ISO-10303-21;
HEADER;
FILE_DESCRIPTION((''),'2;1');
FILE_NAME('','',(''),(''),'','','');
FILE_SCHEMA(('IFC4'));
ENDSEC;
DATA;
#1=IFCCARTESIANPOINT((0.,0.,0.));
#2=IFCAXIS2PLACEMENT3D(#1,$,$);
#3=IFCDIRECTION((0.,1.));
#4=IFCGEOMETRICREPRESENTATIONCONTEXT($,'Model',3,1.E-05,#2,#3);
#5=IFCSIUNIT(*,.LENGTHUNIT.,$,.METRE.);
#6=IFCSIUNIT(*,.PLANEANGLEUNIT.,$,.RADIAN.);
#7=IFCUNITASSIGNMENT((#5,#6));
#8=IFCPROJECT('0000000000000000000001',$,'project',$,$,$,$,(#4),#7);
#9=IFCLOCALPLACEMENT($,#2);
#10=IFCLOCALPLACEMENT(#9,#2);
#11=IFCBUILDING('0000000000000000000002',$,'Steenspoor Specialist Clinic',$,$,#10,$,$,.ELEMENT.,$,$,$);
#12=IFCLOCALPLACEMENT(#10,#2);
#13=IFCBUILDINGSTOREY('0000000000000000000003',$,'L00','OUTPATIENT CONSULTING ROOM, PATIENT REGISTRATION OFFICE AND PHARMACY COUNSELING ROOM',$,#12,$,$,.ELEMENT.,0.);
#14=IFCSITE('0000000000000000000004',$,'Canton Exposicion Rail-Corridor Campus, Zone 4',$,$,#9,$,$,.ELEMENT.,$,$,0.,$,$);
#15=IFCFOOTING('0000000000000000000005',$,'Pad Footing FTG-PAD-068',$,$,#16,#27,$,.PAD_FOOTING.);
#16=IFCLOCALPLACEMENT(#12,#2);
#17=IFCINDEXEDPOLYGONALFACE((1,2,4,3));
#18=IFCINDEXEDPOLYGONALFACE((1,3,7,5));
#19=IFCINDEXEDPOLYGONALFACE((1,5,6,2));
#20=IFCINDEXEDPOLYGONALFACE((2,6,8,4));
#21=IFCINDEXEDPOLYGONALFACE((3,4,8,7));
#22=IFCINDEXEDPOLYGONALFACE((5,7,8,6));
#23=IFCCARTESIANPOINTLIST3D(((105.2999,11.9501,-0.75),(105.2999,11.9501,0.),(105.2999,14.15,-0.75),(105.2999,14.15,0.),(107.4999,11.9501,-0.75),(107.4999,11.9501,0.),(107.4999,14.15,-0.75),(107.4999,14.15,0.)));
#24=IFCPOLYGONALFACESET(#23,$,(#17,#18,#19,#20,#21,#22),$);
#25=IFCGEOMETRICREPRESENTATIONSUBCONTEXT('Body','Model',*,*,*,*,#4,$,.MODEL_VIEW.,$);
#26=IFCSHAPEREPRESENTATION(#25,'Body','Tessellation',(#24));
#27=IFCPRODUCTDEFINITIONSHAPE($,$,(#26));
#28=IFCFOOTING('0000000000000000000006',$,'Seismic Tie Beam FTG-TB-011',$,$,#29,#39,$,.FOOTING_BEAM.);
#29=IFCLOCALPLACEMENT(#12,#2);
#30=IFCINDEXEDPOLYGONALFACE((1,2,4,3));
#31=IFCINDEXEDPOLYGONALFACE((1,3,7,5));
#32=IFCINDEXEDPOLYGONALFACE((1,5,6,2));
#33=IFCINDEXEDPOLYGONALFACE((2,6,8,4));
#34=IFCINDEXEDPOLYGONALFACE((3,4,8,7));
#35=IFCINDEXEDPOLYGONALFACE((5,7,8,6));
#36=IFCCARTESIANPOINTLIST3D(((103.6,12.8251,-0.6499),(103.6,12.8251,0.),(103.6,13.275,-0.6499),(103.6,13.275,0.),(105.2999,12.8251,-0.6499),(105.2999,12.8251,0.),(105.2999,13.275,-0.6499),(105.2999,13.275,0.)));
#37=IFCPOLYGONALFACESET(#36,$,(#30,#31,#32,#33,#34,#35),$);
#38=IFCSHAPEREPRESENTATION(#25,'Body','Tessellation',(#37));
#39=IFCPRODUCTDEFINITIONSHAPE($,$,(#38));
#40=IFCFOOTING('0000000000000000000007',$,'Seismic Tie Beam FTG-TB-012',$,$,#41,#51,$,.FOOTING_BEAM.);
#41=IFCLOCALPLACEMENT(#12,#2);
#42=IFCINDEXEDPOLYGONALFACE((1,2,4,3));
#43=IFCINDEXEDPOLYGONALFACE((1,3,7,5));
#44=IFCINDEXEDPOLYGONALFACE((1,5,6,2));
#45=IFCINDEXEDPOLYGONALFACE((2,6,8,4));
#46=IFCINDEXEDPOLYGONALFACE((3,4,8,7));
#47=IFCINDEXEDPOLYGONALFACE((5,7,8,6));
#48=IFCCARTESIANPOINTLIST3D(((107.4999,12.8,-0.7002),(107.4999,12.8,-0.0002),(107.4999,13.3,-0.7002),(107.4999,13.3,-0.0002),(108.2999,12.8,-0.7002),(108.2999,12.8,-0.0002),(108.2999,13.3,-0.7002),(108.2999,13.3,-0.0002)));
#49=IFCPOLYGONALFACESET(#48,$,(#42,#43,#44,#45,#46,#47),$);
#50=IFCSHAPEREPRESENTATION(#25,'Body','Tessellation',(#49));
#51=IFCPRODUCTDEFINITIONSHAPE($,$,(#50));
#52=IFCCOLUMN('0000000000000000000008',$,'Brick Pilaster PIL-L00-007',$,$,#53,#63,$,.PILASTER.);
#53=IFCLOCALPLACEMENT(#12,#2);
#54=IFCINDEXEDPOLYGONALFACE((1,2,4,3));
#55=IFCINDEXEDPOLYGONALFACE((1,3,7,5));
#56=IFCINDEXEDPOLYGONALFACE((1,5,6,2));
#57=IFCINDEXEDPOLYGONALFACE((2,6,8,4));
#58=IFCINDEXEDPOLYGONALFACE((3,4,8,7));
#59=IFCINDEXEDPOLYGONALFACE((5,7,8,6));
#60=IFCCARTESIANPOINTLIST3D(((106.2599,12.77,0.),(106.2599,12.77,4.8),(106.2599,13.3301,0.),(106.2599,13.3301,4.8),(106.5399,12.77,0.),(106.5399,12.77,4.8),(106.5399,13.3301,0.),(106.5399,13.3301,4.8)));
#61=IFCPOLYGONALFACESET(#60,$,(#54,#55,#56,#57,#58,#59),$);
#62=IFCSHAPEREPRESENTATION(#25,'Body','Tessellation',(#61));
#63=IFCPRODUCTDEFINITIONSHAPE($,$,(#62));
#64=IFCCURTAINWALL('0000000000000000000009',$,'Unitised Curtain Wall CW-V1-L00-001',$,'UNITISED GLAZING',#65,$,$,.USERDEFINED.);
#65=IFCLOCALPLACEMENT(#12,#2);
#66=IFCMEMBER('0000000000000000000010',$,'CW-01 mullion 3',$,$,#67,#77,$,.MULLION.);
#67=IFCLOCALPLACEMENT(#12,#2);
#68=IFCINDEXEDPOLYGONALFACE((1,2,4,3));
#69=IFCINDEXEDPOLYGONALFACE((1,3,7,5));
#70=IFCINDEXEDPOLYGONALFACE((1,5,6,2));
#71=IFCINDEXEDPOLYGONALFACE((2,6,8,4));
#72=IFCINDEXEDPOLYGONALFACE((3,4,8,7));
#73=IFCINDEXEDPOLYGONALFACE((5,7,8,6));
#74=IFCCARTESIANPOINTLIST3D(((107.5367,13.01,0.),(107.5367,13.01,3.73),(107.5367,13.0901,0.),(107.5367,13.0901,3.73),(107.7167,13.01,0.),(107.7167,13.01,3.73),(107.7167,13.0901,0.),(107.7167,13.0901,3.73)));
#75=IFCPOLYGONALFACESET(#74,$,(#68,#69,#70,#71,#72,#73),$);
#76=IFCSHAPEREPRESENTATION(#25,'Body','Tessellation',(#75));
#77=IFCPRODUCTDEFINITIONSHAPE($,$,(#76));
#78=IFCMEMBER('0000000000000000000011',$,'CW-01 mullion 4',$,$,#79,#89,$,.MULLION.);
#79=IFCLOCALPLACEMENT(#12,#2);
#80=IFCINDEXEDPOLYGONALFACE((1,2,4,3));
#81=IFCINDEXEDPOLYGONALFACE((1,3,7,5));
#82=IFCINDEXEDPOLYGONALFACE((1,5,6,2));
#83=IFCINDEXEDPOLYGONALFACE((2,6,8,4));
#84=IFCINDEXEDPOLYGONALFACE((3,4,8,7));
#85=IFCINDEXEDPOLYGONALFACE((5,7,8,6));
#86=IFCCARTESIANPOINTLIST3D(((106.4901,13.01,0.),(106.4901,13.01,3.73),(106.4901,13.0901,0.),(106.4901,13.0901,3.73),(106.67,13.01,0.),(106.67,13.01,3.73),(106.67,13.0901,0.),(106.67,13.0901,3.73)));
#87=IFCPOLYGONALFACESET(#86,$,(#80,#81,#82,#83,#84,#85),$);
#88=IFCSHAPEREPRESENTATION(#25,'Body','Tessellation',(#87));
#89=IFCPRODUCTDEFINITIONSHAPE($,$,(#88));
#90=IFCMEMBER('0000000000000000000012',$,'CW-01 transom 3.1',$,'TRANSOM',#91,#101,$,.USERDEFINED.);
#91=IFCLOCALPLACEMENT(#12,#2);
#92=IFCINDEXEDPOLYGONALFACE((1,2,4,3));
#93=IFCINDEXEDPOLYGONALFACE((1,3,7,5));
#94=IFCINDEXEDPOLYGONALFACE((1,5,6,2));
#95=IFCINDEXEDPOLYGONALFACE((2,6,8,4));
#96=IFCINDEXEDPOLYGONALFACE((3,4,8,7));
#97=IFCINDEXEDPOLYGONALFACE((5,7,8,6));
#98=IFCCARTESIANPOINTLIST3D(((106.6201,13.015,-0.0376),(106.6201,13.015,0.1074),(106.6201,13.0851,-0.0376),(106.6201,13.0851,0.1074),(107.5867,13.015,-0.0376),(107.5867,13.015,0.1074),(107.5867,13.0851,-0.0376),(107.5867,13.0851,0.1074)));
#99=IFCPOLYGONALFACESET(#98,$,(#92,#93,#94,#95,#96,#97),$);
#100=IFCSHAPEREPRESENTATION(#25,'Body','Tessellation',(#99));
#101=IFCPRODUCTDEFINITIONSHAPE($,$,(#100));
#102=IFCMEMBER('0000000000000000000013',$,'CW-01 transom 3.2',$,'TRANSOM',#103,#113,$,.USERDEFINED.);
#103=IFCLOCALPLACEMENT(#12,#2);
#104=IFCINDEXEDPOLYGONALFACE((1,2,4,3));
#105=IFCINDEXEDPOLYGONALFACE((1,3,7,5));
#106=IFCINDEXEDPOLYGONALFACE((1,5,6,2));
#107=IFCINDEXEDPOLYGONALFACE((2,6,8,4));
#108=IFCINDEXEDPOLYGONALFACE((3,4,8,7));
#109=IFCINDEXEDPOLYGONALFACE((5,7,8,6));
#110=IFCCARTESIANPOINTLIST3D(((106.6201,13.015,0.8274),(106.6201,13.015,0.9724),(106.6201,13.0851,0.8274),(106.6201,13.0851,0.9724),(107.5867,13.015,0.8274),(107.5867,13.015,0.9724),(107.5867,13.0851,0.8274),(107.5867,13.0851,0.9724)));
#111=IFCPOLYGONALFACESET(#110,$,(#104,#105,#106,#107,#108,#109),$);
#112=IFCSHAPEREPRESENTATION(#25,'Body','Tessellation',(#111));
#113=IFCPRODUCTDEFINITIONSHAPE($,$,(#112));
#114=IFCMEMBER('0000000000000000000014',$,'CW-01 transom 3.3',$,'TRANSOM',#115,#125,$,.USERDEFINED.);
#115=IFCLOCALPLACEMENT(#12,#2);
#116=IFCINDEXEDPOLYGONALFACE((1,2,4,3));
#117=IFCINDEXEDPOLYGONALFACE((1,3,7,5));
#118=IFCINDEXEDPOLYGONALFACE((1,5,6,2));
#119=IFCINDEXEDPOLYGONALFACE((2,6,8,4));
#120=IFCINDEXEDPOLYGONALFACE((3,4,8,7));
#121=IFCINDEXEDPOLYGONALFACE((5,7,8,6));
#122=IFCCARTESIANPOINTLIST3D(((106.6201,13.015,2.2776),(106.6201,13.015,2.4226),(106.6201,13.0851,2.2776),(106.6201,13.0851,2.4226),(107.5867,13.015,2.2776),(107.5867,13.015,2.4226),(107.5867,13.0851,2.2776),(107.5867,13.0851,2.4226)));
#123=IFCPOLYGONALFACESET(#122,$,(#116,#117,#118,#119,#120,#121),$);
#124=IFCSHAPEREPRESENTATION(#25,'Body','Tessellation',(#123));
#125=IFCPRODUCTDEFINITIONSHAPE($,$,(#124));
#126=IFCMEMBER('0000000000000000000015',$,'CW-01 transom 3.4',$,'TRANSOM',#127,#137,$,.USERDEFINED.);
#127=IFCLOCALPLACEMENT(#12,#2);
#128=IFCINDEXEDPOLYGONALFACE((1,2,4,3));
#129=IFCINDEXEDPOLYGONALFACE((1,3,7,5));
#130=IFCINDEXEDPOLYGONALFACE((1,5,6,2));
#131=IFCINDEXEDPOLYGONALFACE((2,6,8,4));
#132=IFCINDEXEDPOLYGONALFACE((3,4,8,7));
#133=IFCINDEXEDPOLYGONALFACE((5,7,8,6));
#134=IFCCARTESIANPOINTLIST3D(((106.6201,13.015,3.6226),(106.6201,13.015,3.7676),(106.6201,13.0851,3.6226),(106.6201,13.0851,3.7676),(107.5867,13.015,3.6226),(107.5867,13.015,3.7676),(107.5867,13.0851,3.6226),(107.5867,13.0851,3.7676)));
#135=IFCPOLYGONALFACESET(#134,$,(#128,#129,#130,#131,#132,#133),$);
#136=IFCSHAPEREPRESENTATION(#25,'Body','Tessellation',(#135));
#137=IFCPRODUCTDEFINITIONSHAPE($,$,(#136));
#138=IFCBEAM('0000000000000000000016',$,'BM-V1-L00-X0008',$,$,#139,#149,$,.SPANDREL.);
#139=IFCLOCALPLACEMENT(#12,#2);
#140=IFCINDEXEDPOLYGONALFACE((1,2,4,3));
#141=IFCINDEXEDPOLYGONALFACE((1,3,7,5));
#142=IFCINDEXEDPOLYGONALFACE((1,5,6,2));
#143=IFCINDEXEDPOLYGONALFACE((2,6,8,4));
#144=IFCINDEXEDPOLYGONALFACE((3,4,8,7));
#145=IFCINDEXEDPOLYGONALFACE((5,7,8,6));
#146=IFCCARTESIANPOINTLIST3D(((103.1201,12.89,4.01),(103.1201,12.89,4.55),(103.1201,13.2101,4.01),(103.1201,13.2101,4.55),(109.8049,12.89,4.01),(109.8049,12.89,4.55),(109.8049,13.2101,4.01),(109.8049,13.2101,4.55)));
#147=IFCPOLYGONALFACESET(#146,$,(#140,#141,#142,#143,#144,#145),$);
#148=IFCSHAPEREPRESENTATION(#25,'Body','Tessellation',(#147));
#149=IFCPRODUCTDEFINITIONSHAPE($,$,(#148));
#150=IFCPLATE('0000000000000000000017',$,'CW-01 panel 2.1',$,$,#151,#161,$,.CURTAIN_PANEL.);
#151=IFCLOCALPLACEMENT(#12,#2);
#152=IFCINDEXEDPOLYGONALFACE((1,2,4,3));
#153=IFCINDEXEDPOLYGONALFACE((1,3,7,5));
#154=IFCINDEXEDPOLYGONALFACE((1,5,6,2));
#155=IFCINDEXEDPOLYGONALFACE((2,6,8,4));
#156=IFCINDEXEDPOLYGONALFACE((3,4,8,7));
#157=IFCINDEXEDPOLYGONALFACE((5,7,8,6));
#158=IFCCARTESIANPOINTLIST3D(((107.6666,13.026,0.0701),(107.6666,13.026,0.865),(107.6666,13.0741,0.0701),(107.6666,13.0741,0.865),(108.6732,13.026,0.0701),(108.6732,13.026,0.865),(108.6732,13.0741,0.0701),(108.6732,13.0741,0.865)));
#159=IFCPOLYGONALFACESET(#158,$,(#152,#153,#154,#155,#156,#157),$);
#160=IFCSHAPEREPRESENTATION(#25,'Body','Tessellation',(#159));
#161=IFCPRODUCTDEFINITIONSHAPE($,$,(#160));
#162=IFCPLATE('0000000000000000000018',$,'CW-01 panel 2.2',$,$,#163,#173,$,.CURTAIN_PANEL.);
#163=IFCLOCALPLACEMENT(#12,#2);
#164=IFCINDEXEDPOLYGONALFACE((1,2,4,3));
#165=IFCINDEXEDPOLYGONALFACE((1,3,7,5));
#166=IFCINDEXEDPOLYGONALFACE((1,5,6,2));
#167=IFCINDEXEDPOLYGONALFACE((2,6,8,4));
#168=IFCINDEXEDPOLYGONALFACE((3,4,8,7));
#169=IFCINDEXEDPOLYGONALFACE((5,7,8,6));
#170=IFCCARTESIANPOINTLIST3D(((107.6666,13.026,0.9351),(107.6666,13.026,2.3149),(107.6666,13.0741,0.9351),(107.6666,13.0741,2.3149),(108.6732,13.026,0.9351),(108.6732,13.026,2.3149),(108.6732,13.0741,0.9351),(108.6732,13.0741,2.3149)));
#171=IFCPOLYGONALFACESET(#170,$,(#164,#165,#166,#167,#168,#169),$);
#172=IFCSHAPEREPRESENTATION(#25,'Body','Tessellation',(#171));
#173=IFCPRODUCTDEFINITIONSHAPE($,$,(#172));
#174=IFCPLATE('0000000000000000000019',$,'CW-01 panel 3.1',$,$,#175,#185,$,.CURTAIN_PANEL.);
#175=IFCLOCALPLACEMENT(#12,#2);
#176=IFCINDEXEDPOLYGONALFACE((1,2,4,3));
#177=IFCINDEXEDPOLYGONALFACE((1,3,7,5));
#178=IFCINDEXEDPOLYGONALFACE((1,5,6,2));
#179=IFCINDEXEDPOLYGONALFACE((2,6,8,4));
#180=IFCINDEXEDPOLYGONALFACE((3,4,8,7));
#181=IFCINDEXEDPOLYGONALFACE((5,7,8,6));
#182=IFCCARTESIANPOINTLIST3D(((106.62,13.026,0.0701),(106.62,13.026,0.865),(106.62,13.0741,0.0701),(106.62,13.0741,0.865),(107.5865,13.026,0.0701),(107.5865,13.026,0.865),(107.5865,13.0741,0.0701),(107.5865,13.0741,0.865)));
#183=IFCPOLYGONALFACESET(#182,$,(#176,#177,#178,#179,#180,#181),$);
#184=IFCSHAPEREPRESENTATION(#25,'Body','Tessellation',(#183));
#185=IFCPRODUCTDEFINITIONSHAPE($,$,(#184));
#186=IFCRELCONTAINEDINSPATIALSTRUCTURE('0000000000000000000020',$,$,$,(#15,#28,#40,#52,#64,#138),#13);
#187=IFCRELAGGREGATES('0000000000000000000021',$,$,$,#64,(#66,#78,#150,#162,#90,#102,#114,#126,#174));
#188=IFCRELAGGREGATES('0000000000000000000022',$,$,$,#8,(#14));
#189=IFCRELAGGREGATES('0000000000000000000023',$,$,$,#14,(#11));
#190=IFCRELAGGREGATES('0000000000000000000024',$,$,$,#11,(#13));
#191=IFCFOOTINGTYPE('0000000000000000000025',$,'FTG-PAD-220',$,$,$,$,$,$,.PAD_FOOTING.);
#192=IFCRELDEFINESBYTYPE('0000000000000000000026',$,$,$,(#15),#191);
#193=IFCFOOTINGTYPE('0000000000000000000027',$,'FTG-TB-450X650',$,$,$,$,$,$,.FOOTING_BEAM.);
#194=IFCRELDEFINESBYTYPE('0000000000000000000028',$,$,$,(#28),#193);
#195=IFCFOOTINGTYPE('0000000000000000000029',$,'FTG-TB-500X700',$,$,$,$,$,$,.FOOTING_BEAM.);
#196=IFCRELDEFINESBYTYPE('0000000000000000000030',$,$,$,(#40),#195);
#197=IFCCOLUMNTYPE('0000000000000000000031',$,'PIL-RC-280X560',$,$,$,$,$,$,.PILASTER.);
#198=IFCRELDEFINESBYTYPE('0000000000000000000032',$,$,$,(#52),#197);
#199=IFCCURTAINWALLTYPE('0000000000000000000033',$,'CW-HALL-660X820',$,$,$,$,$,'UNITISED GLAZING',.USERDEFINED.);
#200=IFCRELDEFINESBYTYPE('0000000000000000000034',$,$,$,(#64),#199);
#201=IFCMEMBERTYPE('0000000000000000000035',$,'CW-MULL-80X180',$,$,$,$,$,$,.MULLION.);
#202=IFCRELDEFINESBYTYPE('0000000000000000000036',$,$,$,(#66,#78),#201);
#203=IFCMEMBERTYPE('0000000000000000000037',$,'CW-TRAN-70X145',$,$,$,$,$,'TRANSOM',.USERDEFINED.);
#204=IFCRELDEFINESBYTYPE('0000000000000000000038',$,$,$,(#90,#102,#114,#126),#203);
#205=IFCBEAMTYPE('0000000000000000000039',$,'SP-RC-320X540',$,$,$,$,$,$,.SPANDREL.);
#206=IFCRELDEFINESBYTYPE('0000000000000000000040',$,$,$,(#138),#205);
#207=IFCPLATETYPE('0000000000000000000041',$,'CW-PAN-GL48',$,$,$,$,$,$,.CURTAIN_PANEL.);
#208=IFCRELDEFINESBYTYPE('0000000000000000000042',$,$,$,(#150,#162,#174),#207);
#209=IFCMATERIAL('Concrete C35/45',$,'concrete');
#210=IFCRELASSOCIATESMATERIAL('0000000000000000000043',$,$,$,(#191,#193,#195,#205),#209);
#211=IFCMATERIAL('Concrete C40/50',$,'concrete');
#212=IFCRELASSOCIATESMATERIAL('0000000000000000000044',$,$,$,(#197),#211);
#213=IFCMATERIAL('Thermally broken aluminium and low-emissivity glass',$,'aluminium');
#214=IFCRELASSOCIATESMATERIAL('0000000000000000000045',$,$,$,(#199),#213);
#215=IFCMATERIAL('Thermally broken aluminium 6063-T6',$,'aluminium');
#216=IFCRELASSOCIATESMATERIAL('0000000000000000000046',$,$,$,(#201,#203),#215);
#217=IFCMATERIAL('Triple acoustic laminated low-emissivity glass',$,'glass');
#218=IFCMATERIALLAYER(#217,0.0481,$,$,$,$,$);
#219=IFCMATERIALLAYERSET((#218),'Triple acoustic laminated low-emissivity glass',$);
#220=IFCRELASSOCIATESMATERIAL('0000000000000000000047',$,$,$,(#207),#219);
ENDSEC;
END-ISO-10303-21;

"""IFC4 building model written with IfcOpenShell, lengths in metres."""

from ifc_helpers import new_model, si_unit, direction, frame, origin, origin_2d, place, context, subcontext, project, spatial, rectangle, extrude, material, layer, layer_set, material_profile, profile_set, type_object, element, aggregate, save


model = new_model("IFC4")

# Units and contexts
model_context = context("Model", 3, precision=1e-05, world=origin(), true_north=direction((0.0, 1.0)))
body_context = subcontext(model_context, "Body", "Model", "MODEL_VIEW")
ifc_project = project(units=[si_unit("LENGTHUNIT", "METRE"), si_unit("PLANEANGLEUNIT", "RADIAN")], contexts=[model_context])

# Site, building, storey
site_placement = place(None, origin())
site = spatial("IfcSite", under=ifc_project, at=site_placement, Name="Canton Exposicion Rail-Corridor Campus, Zone 4", CompositionType="ELEMENT", RefElevation=0.0)
building_placement = place(site_placement, origin())
building = spatial("IfcBuilding", under=site, at=building_placement, Name="Steenspoor Specialist Clinic", CompositionType="ELEMENT")
storey_placement = place(building_placement, origin())
storey = spatial("IfcBuildingStorey", under=building, at=storey_placement, Name="L00", Description="OUTPATIENT CONSULTING ROOM, PATIENT REGISTRATION OFFICE AND PHARMACY COUNSELING ROOM", CompositionType="ELEMENT", Elevation=0.0)

# Footings
ifc_material_1 = material(Name="Concrete C35/45", Category="concrete")
footing_type_1 = type_object("IfcFootingType", Name="FTG-PAD-220", PredefinedType="PAD_FOOTING", material=ifc_material_1)
footing_1_placement = place(storey_placement, frame((106.3999, 13.05, -0.75), z_axis=(0.0, 0.0, 1.0), x_axis=(1.0, 0.0, 0.0)))
element("IfcFooting", 1, at=footing_1_placement, inside=storey, type_object=footing_type_1, Name="Pad Footing FTG-PAD-068", PredefinedType="PAD_FOOTING", context=body_context, shape_type="SweptSolid", body=[
    extrude(rectangle(XDim=2.2, YDim=2.2, at=origin_2d()), origin(), (0.0, 0.0, 1.0), 0.75),
])
footing_type_2 = type_object("IfcFootingType", Name="FTG-TB-450X650", PredefinedType="FOOTING_BEAM", material=ifc_material_1)
footing_2_placement = place(storey_placement, frame((104.45, 13.05, -0.6499), z_axis=(0.0, 0.0, 1.0), x_axis=(1.0, 0.0, 0.0)))
element("IfcFooting", 2, at=footing_2_placement, inside=storey, type_object=footing_type_2, Name="Seismic Tie Beam FTG-TB-011", PredefinedType="FOOTING_BEAM", context=body_context, shape_type="SweptSolid", body=[
    extrude(rectangle(XDim=1.7, YDim=0.45, at=origin_2d()), origin(), (0.0, 0.0, 1.0), 0.6499),
])
footing_type_3 = type_object("IfcFootingType", Name="FTG-TB-500X700", PredefinedType="FOOTING_BEAM", material=ifc_material_1)
footing_3_placement = place(storey_placement, frame((107.8999, 13.05, -0.7002), z_axis=(0.0, 0.0, 1.0), x_axis=(1.0, 0.0, 0.0)))
element("IfcFooting", 3, at=footing_3_placement, inside=storey, type_object=footing_type_3, Name="Seismic Tie Beam FTG-TB-012", PredefinedType="FOOTING_BEAM", context=body_context, shape_type="SweptSolid", body=[
    extrude(rectangle(XDim=0.8, YDim=0.5, at=origin_2d()), origin(), (0.0, 0.0, 1.0), 0.7),
])

# Column
ifc_material_2 = material(Name="Concrete C40/50", Category="concrete")
ifc_material_profile_1 = material_profile(ifc_material_2, rectangle(XDim=0.28, YDim=0.5601, at=origin_2d()), Name="RC-PIL-280X560")
ifc_profile_set_1 = profile_set([ifc_material_profile_1], Name="Concrete C40/50")
column_type = type_object("IfcColumnType", Name="PIL-RC-280X560", PredefinedType="PILASTER", material=ifc_profile_set_1)
column_placement = place(storey_placement, frame((106.3999, 13.05, 0.0), z_axis=(0.0, 0.0, 1.0), x_axis=(1.0, 0.0, 0.0)))
element("IfcColumn", 4, at=column_placement, inside=storey, type_object=column_type, Name="Brick Pilaster PIL-L00-007", PredefinedType="PILASTER", context=body_context, shape_type="SweptSolid", body=[
    extrude(rectangle(XDim=0.28, YDim=0.5601, at=origin_2d()), origin(), (0.0, 0.0, 1.0), 4.8),
])

# Curtain wall, members
ifc_material_3 = material(Name="Thermally broken aluminium and low-emissivity glass", Category="aluminium")
curtain_wall_type = type_object("IfcCurtainWallType", Name="CW-HALL-660X820", ElementType="UNITISED GLAZING", PredefinedType="USERDEFINED", material=ifc_material_3)
curtain_wall_placement = place(storey_placement, origin())
curtain_wall = element("IfcCurtainWall", 5, at=curtain_wall_placement, inside=storey, type_object=curtain_wall_type, Name="Unitised Curtain Wall CW-V1-L00-001", ObjectType="UNITISED GLAZING", PredefinedType="USERDEFINED")
ifc_material_4 = material(Name="Thermally broken aluminium 6063-T6", Category="aluminium")
ifc_material_profile_2 = material_profile(ifc_material_4, rectangle(XDim=0.0801, YDim=0.1799, at=origin_2d()), Name="CWM-80X180")
ifc_profile_set_2 = profile_set([ifc_material_profile_2], Name="Thermally broken aluminium 6063-T6")
member_type_1 = type_object("IfcMemberType", Name="CW-MULL-80X180", PredefinedType="MULLION", material=ifc_profile_set_2)
member_1_placement = place(storey_placement, frame((107.6267, 13.05, 0.0), z_axis=(0.0, 0.0, 1.0), x_axis=(0.0, -1.0, 0.0)))
member_1 = element("IfcMember", 6, at=member_1_placement, type_object=member_type_1, Name="CW-01 mullion 3", PredefinedType="MULLION", context=body_context, shape_type="SweptSolid", body=[
    extrude(rectangle(XDim=0.0801, YDim=0.1799, at=origin_2d()), origin(), (0.0, 0.0, 1.0), 3.73),
])
member_2_placement = place(storey_placement, frame((106.5801, 13.05, 0.0), z_axis=(0.0, 0.0, 1.0), x_axis=(0.0, -1.0, 0.0)))
member_2 = element("IfcMember", 7, at=member_2_placement, type_object=member_type_1, Name="CW-01 mullion 4", PredefinedType="MULLION", context=body_context, shape_type="SweptSolid", body=[
    extrude(rectangle(XDim=0.0801, YDim=0.1799, at=origin_2d()), origin(), (0.0, 0.0, 1.0), 3.73),
])
ifc_material_profile_3 = material_profile(ifc_material_4, rectangle(XDim=0.0701, YDim=0.145, at=origin_2d()), Name="CWT-70X145")
ifc_profile_set_3 = profile_set([ifc_material_profile_3], Name="Thermally broken aluminium 6063-T6")
member_type_2 = type_object("IfcMemberType", Name="CW-TRAN-70X145", ElementType="TRANSOM", PredefinedType="USERDEFINED", material=ifc_profile_set_3)
member_3_placement = place(storey_placement, frame((107.5867, 13.05, 0.0349), z_axis=(-1.0, 0.0, 0.0), x_axis=(0.0, -1.0, 0.0)))
member_3 = element("IfcMember", 8, at=member_3_placement, type_object=member_type_2, Name="CW-01 transom 3.1", ObjectType="TRANSOM", PredefinedType="USERDEFINED", context=body_context, shape_type="SweptSolid", body=[
    extrude(rectangle(XDim=0.0701, YDim=0.145, at=origin_2d()), origin(), (0.0, 0.0, 1.0), 0.9666),
])
member_4_placement = place(storey_placement, frame((107.5867, 13.05, 0.8999), z_axis=(-1.0, 0.0, 0.0), x_axis=(0.0, -1.0, 0.0)))
member_4 = element("IfcMember", 9, at=member_4_placement, type_object=member_type_2, Name="CW-01 transom 3.2", ObjectType="TRANSOM", PredefinedType="USERDEFINED", context=body_context, shape_type="SweptSolid", body=[
    extrude(rectangle(XDim=0.0701, YDim=0.145, at=origin_2d()), origin(), (0.0, 0.0, 1.0), 0.9666),
])
member_5_placement = place(storey_placement, frame((107.5867, 13.05, 2.3501), z_axis=(-1.0, 0.0, 0.0), x_axis=(0.0, -1.0, 0.0)))
member_5 = element("IfcMember", 10, at=member_5_placement, type_object=member_type_2, Name="CW-01 transom 3.3", ObjectType="TRANSOM", PredefinedType="USERDEFINED", context=body_context, shape_type="SweptSolid", body=[
    extrude(rectangle(XDim=0.0701, YDim=0.145, at=origin_2d()), origin(), (0.0, 0.0, 1.0), 0.9666),
])
member_6_placement = place(storey_placement, frame((107.5867, 13.05, 3.6951), z_axis=(-1.0, 0.0, 0.0), x_axis=(0.0, -1.0, 0.0)))
member_6 = element("IfcMember", 11, at=member_6_placement, type_object=member_type_2, Name="CW-01 transom 3.4", ObjectType="TRANSOM", PredefinedType="USERDEFINED", context=body_context, shape_type="SweptSolid", body=[
    extrude(rectangle(XDim=0.0701, YDim=0.145, at=origin_2d()), origin(), (0.0, 0.0, 1.0), 0.9666),
])

# Beam
ifc_material_profile_4 = material_profile(ifc_material_1, rectangle(XDim=0.3201, YDim=0.54, at=origin_2d()), Name="RC-SP-320X540")
ifc_profile_set_4 = profile_set([ifc_material_profile_4], Name="Concrete C35/45")
beam_type = type_object("IfcBeamType", Name="SP-RC-320X540", PredefinedType="SPANDREL", material=ifc_profile_set_4)
beam_placement = place(storey_placement, frame((103.1201, 13.05, 4.28), z_axis=(1.0, 0.0, 0.0), x_axis=(0.0, 1.0, 0.0)))
element("IfcBeam", 12, at=beam_placement, inside=storey, type_object=beam_type, Name="BM-V1-L00-X0008", PredefinedType="SPANDREL", context=body_context, shape_type="SweptSolid", body=[
    extrude(rectangle(XDim=0.3201, YDim=0.54, at=origin_2d()), origin(), (0.0, 0.0, 1.0), 6.6848),
])

# Plates
ifc_material_5 = material(Name="Triple acoustic laminated low-emissivity glass", Category="glass")
ifc_layer_1 = layer(ifc_material_5, 0.0481)
ifc_layer_set_1 = layer_set([ifc_layer_1], Name="Triple acoustic laminated low-emissivity glass")
plate_type = type_object("IfcPlateType", Name="CW-PAN-GL48", PredefinedType="CURTAIN_PANEL", material=ifc_layer_set_1)
plate_1_placement = place(storey_placement, frame((108.1699, 13.05, 0.0701), z_axis=(0.0, 0.0, 1.0), x_axis=(-1.0, 0.0, 0.0)))
plate_1 = element("IfcPlate", 13, at=plate_1_placement, type_object=plate_type, Name="CW-01 panel 2.1", PredefinedType="CURTAIN_PANEL", context=body_context, shape_type="SweptSolid", body=[
    extrude(rectangle(XDim=1.0066, YDim=0.0481, at=origin_2d()), origin(), (0.0, 0.0, 1.0), 0.7949),
])
plate_2_placement = place(storey_placement, frame((108.1699, 13.05, 0.9351), z_axis=(0.0, 0.0, 1.0), x_axis=(-1.0, 0.0, 0.0)))
plate_2 = element("IfcPlate", 14, at=plate_2_placement, type_object=plate_type, Name="CW-01 panel 2.2", PredefinedType="CURTAIN_PANEL", context=body_context, shape_type="SweptSolid", body=[
    extrude(rectangle(XDim=1.0066, YDim=0.0481, at=origin_2d()), origin(), (0.0, 0.0, 1.0), 1.3799),
])
plate_3_placement = place(storey_placement, frame((107.1033, 13.05, 0.0701), z_axis=(0.0, 0.0, 1.0), x_axis=(-1.0, 0.0, 0.0)))
plate_3 = element("IfcPlate", 15, at=plate_3_placement, type_object=plate_type, Name="CW-01 panel 3.1", PredefinedType="CURTAIN_PANEL", context=body_context, shape_type="SweptSolid", body=[
    extrude(rectangle(XDim=0.9666, YDim=0.0481, at=origin_2d()), origin(), (0.0, 0.0, 1.0), 0.7949),
])
aggregate(curtain_wall, [member_1, member_2, plate_1, plate_2, member_3, member_4, member_5, member_6, plate_3])

save(model, "model.ifc")
